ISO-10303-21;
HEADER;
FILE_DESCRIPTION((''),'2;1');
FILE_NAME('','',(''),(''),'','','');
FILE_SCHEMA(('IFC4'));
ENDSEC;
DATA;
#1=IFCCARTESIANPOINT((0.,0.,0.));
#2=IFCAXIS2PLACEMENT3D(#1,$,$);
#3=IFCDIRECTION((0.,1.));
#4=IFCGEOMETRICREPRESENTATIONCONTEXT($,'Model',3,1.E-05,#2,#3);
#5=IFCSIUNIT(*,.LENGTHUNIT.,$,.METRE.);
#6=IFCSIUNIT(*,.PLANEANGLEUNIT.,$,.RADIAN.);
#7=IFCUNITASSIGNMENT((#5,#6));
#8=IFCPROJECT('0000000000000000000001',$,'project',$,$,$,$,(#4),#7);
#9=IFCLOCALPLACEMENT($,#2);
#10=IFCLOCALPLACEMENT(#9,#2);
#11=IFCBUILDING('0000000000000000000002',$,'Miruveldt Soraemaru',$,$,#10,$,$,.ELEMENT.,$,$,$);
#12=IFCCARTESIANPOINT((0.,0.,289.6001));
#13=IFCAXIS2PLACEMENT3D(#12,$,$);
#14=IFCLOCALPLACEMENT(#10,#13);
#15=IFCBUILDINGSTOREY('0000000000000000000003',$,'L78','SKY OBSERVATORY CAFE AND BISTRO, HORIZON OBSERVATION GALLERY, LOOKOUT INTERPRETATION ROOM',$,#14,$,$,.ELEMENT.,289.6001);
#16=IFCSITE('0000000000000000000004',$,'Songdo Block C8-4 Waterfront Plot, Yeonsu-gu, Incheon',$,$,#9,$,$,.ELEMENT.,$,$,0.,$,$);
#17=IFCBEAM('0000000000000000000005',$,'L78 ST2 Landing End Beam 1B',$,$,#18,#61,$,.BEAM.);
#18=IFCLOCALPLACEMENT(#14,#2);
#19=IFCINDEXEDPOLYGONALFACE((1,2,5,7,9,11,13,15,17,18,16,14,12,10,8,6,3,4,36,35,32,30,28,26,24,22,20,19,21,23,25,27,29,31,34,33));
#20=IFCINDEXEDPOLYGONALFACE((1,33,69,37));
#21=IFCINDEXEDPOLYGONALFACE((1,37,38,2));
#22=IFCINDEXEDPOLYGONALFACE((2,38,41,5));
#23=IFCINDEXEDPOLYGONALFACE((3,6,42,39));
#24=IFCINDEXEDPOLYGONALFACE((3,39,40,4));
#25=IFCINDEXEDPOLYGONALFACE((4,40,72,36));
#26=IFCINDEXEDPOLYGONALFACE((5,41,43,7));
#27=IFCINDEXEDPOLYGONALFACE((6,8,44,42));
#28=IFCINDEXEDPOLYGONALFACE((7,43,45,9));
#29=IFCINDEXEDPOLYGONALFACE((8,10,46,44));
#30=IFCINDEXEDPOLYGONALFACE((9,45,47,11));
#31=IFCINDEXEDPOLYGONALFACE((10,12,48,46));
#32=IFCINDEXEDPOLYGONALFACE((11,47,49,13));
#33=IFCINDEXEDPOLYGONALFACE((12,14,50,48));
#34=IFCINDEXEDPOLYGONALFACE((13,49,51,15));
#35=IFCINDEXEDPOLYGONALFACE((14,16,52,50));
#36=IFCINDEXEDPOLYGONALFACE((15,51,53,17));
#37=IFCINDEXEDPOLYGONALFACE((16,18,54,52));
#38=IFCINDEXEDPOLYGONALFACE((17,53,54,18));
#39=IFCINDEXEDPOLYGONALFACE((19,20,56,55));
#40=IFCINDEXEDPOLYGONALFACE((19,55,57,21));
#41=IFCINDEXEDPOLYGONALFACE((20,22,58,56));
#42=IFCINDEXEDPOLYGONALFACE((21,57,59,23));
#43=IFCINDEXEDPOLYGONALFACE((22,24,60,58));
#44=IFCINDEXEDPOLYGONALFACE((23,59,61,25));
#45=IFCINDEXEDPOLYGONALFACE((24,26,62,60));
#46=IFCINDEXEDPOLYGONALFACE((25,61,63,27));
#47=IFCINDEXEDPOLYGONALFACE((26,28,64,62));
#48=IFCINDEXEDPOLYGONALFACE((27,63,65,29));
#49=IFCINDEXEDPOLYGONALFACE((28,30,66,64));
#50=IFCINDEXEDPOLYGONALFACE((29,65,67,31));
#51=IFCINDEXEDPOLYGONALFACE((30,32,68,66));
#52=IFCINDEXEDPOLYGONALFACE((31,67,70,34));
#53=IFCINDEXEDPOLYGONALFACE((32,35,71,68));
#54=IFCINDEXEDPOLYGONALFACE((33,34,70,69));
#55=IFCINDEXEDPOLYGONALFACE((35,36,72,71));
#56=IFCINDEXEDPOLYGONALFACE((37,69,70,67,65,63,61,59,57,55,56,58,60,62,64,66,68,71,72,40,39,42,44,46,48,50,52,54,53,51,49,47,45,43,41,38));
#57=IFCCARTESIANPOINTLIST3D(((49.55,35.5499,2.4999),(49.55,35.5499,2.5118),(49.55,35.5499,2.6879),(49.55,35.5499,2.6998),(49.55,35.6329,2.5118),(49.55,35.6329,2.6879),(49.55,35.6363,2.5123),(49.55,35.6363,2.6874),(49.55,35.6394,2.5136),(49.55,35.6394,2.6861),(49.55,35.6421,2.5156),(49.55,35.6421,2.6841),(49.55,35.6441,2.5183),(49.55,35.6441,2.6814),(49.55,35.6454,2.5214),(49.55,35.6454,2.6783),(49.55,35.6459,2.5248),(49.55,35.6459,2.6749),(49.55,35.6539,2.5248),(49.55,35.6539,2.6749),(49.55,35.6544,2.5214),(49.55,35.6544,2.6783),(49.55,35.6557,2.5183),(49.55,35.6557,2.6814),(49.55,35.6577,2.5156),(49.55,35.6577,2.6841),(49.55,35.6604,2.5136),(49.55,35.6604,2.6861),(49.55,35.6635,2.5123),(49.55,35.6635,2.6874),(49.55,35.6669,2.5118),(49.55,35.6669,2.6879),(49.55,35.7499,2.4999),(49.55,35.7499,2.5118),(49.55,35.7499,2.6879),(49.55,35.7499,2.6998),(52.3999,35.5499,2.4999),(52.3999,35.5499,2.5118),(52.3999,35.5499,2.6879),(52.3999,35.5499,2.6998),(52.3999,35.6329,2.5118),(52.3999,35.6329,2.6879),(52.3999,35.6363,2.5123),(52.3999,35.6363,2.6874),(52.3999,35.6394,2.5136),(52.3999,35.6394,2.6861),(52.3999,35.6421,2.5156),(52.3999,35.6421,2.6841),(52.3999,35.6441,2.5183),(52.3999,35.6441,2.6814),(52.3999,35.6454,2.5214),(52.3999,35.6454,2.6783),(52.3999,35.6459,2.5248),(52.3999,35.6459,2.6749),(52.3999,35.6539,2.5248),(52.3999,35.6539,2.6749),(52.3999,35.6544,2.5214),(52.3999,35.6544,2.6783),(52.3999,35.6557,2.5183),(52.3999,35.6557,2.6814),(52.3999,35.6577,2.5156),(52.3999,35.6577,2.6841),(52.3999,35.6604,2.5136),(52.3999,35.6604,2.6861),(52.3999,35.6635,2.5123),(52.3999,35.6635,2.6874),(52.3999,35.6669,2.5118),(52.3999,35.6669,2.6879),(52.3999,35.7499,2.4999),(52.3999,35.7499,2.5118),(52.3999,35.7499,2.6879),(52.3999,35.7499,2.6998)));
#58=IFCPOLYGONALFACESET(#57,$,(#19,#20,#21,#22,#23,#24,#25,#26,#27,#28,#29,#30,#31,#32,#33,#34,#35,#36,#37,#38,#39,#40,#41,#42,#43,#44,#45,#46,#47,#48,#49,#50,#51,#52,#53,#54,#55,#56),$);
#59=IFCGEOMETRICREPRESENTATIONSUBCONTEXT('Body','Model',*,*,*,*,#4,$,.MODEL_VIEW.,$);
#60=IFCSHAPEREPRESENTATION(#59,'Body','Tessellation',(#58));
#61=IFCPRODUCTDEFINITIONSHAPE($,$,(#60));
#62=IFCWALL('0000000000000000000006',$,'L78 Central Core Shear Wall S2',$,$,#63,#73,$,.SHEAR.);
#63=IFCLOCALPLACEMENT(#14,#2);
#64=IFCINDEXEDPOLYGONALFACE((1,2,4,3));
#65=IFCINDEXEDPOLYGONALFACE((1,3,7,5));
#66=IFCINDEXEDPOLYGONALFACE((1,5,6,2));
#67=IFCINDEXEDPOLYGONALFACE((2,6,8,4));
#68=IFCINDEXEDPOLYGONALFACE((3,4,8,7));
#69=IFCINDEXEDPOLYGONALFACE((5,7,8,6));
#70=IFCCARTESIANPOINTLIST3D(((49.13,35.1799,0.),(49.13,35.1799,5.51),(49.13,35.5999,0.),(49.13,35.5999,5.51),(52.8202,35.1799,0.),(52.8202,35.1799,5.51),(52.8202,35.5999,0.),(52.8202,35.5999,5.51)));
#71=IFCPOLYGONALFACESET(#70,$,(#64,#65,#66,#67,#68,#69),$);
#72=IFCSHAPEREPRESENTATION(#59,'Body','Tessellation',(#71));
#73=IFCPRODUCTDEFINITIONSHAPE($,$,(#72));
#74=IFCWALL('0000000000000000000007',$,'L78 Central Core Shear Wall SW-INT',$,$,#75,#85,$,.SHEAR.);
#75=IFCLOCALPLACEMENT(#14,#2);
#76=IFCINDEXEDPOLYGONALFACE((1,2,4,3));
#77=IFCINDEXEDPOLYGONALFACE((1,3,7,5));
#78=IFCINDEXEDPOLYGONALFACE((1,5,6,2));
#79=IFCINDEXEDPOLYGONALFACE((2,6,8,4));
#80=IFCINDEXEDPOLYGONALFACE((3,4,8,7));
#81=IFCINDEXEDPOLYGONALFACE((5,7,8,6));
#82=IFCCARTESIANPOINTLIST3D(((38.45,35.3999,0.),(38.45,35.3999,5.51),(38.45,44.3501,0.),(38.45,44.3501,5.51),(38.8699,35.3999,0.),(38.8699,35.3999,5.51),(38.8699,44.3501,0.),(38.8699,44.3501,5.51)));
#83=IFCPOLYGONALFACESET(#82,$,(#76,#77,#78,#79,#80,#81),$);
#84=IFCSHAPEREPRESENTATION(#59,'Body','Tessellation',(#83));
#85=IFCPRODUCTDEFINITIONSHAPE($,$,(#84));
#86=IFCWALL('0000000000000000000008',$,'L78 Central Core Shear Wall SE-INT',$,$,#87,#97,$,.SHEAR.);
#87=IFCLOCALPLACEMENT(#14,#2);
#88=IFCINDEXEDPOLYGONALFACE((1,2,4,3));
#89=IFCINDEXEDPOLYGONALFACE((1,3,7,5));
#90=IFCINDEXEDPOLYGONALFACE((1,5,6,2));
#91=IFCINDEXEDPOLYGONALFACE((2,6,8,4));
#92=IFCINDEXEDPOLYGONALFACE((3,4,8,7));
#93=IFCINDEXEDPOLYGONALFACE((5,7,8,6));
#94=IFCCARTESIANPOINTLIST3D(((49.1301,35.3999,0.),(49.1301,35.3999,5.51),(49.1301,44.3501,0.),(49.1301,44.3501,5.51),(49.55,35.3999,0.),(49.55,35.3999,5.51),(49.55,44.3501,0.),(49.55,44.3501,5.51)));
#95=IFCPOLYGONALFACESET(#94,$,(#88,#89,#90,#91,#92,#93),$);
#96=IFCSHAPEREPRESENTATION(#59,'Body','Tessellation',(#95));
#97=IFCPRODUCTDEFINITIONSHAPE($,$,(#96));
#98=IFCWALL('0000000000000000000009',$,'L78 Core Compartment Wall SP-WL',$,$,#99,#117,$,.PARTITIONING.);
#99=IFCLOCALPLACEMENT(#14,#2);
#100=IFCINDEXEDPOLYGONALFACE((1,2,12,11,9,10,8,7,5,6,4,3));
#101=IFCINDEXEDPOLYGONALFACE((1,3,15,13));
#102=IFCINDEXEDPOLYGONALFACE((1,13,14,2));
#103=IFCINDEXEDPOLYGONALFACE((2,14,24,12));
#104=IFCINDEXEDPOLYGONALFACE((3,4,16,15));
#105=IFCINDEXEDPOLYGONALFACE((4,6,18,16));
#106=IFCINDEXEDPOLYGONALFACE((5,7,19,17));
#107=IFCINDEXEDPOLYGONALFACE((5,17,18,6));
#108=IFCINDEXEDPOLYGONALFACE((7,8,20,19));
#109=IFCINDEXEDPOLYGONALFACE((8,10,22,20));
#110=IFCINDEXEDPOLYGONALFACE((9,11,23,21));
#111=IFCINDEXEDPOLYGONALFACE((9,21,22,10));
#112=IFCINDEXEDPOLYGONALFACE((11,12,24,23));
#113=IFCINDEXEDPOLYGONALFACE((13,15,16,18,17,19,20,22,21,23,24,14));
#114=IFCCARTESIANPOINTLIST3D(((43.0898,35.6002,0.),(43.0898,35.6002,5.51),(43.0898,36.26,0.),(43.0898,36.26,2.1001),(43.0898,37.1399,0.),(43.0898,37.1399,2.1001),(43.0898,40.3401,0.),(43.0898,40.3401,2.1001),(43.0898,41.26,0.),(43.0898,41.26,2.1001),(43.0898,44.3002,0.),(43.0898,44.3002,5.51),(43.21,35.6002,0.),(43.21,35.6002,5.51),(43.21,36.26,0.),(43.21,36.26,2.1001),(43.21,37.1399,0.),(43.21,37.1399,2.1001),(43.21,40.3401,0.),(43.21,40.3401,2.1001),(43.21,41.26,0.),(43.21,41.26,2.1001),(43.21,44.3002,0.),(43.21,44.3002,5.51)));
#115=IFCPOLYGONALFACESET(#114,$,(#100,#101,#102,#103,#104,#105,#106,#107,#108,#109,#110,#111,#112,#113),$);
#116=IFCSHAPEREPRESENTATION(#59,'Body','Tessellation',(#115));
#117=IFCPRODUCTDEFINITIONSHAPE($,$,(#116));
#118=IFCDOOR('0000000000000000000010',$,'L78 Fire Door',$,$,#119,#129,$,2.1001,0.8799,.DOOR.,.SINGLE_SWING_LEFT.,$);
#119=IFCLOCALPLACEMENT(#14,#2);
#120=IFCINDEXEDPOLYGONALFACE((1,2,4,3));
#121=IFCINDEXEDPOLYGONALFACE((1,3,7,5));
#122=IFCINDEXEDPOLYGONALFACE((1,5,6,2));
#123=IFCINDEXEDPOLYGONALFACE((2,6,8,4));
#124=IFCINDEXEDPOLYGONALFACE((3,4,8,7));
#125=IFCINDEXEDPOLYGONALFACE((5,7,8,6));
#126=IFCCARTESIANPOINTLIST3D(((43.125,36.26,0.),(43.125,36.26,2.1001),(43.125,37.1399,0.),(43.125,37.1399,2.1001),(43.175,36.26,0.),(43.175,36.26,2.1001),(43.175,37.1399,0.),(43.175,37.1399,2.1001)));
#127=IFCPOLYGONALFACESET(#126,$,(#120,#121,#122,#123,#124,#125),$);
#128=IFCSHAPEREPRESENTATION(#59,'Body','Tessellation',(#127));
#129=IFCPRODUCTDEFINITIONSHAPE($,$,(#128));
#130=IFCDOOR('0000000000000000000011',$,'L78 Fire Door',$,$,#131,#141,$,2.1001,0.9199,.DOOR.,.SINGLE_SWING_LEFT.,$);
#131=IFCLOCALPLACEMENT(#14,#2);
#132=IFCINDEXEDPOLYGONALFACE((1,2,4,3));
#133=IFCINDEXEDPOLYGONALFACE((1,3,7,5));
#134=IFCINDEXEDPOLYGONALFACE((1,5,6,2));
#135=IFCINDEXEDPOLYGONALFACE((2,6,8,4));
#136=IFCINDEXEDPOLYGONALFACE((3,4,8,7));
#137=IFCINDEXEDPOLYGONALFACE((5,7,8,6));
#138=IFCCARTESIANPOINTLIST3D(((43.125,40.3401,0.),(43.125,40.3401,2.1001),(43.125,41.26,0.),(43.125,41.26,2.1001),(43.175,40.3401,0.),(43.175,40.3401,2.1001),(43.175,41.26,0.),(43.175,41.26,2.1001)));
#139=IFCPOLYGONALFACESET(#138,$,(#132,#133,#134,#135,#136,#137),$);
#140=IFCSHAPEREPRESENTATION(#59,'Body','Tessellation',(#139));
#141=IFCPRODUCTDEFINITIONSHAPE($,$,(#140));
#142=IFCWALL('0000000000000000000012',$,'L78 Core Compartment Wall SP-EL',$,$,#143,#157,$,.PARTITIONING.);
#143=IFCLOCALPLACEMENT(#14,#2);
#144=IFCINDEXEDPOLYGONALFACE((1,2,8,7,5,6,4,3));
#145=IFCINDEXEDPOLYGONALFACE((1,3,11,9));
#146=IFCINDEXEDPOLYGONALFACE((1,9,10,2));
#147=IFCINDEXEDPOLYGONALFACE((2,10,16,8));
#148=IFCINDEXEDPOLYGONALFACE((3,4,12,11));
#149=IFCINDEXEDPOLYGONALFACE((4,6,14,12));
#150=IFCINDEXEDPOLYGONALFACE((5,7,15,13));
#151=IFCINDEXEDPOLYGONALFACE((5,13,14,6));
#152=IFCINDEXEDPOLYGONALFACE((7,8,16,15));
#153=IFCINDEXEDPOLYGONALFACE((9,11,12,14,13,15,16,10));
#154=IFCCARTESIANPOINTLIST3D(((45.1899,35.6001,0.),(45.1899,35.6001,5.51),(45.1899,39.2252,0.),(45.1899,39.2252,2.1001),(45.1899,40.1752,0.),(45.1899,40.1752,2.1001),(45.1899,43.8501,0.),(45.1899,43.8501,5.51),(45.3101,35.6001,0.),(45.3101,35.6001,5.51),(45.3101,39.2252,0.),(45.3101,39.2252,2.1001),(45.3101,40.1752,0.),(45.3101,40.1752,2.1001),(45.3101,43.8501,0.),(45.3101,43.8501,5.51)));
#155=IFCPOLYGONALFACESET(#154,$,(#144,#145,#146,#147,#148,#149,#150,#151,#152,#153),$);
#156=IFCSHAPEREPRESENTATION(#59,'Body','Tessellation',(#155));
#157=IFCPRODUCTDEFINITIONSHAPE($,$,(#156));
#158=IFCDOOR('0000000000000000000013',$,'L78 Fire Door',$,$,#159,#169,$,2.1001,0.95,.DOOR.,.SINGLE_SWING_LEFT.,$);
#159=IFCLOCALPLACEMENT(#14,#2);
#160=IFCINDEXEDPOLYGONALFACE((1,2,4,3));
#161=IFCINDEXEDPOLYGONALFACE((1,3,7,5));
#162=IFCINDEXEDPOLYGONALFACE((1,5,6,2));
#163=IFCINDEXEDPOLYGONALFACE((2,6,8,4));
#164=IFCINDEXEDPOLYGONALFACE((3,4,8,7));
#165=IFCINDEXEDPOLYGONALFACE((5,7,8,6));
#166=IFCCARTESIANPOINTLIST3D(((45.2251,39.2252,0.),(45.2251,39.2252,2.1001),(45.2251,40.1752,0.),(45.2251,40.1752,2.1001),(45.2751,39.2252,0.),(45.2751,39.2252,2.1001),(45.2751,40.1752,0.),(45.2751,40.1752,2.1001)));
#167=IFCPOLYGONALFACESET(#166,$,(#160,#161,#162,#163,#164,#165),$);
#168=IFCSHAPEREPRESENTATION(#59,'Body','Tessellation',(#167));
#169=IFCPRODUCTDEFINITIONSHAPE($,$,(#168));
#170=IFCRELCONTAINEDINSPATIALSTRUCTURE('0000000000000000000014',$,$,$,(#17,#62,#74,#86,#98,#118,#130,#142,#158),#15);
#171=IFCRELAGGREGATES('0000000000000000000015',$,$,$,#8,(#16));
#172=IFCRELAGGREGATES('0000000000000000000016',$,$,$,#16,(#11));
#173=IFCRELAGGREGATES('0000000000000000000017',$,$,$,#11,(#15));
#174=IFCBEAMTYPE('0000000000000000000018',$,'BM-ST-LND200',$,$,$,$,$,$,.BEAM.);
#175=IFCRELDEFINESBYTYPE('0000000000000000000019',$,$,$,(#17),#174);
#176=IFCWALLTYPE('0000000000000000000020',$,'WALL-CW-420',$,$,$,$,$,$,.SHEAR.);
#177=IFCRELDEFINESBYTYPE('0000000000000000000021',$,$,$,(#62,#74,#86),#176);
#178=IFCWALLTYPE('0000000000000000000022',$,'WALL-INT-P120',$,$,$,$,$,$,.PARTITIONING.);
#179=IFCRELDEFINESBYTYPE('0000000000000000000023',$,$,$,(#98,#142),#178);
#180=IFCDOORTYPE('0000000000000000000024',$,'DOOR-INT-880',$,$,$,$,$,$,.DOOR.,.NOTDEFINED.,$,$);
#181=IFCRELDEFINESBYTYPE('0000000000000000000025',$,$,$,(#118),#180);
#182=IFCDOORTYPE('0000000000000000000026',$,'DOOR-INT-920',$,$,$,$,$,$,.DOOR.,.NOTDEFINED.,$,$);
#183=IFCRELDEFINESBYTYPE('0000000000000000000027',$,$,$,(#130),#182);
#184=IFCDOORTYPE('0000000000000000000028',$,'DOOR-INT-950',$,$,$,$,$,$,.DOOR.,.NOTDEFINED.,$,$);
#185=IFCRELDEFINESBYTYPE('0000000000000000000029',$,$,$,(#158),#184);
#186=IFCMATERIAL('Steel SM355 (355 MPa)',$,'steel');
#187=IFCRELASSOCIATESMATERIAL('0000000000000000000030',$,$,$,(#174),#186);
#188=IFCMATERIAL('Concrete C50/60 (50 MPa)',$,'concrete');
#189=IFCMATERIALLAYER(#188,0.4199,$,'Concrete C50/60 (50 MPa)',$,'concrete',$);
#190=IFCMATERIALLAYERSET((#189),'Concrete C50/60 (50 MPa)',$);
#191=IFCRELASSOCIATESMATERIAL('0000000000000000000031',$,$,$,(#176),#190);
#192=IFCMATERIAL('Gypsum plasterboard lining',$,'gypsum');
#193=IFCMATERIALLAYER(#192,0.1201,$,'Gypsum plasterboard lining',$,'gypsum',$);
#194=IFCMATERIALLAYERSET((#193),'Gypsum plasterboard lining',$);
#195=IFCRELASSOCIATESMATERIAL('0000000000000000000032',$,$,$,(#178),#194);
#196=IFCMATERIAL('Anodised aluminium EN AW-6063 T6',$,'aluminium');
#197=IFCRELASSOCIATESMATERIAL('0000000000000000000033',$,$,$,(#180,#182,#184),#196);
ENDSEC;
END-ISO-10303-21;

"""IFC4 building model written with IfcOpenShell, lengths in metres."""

from ifc_helpers import new_model, si_unit, direction, frame, frame_2d, origin, origin_2d, place, context, subcontext, project, spatial, rectangle, i_section, extrude, material, layer, layer_set, material_profile, profile_set, type_object, element, fill, save


model = new_model("IFC4")

# Units and contexts
model_context = context("Model", 3, precision=1e-05, world=origin(), true_north=direction((0.0, 1.0)))
body_context = subcontext(model_context, "Body", "Model", "MODEL_VIEW")
ifc_project = project(units=[si_unit("LENGTHUNIT", "METRE"), si_unit("PLANEANGLEUNIT", "RADIAN")], contexts=[model_context])

# Site, building, storey
site_placement = place(None, origin())
site = spatial("IfcSite", under=ifc_project, at=site_placement, Name="Songdo Block C8-4 Waterfront Plot, Yeonsu-gu, Incheon", CompositionType="ELEMENT", RefElevation=0.0)
building_placement = place(site_placement, origin())
building = spatial("IfcBuilding", under=site, at=building_placement, Name="Miruveldt Soraemaru", CompositionType="ELEMENT")
storey_placement = place(building_placement, frame((0.0, 0.0, 289.6001)))
storey = spatial("IfcBuildingStorey", under=building, at=storey_placement, Name="L78", Description="SKY OBSERVATORY CAFE AND BISTRO, HORIZON OBSERVATION GALLERY, LOOKOUT INTERPRETATION ROOM", CompositionType="ELEMENT", Elevation=289.6001)

# Beam
ifc_material_1 = material(Name="Steel SM355 (355 MPa)", Category="steel")
ifc_material_profile = material_profile(ifc_material_1, i_section(OverallWidth=0.2, OverallDepth=0.2, WebThickness=0.0081, FlangeThickness=0.012, FilletRadius=0.0129, at=origin_2d()), Name="Steel SM355 (355 MPa)", Category="steel")
ifc_profile_set = profile_set([ifc_material_profile], Name="Steel SM355 (355 MPa)")
beam_type = type_object("IfcBeamType", Name="BM-ST-LND200", PredefinedType="BEAM", material=ifc_profile_set)
beam_placement = place(storey_placement, frame((49.55, 35.6499, 2.5999), z_axis=(1.0, 0.0, 0.0), x_axis=(0.0, 1.0, 0.0)))
element("IfcBeam", 1, at=beam_placement, inside=storey, type_object=beam_type, Name="L78 ST2 Landing End Beam 1B", PredefinedType="BEAM", context=body_context, shape_type="SweptSolid", body=[
    extrude(i_section(OverallWidth=0.2, OverallDepth=0.2, WebThickness=0.0081, FlangeThickness=0.012, FilletRadius=0.0129, at=origin_2d()), origin(), (0.0, 0.0, 1.0), 2.8499),
])

# Walls
ifc_material_2 = material(Name="Concrete C50/60 (50 MPa)", Category="concrete")
ifc_layer_1 = layer(ifc_material_2, 0.4199, Name="Concrete C50/60 (50 MPa)", Category="concrete")
ifc_layer_set_1 = layer_set([ifc_layer_1], Name="Concrete C50/60 (50 MPa)")
wall_type_1 = type_object("IfcWallType", Name="WALL-CW-420", PredefinedType="SHEAR", material=ifc_layer_set_1)
wall_1_placement = place(storey_placement, frame((49.1299, 35.3899, 0.0), z_axis=(0.0, 0.0, 1.0), x_axis=(1.0, 0.0, 0.0)))
element("IfcWall", 2, at=wall_1_placement, inside=storey, type_object=wall_type_1, Name="L78 Central Core Shear Wall S2", PredefinedType="SHEAR", context=body_context, shape_type="SweptSolid", body=[
    extrude(rectangle(XDim=3.6902, YDim=0.4199, at=frame_2d((1.8452, 0.0))), origin(), (0.0, 0.0, 1.0), 5.51),
])
for number, where, z_axis, x_axis, name in (
    (3, (38.6599, 35.3999, 0.0), (0.0, 0.0, 1.0), (0.0, 1.0, 0.0), "L78 Central Core Shear Wall SW-INT"),
    (4, (49.3401, 35.3999, 0.0), (0.0, 0.0, 1.0), (0.0, 1.0, 0.0), "L78 Central Core Shear Wall SE-INT"),
):
    element("IfcWall", number, at=place(storey_placement, frame(where, z_axis=z_axis, x_axis=x_axis)), inside=storey, type_object=wall_type_1, Name=name, PredefinedType="SHEAR", context=body_context, shape_type="SweptSolid", body=[
        extrude(rectangle(XDim=8.9502, YDim=0.4199, at=frame_2d((4.4751, 0.0))), origin(), (0.0, 0.0, 1.0), 5.51),
    ])

# Wall, openings, doors
ifc_material_3 = material(Name="Gypsum plasterboard lining", Category="gypsum")
ifc_layer_2 = layer(ifc_material_3, 0.1201, Name="Gypsum plasterboard lining", Category="gypsum")
ifc_layer_set_2 = layer_set([ifc_layer_2], Name="Gypsum plasterboard lining")
wall_type_2 = type_object("IfcWallType", Name="WALL-INT-P120", PredefinedType="PARTITIONING", material=ifc_layer_set_2)
wall_2_placement = place(storey_placement, frame((43.1499, 35.6001, 0.0), z_axis=(0.0, 0.0, 1.0), x_axis=(0.0, 1.0, 0.0)))
wall_2 = element("IfcWall", 5, at=wall_2_placement, inside=storey, type_object=wall_type_2, Name="L78 Core Compartment Wall SP-WL", PredefinedType="PARTITIONING", context=body_context, shape_type="SweptSolid", body=[
    extrude(rectangle(XDim=8.7, YDim=0.1201, at=frame_2d((4.3501, 0.0))), origin(), (0.0, 0.0, 1.0), 5.51),
])
opening_1_placement = place(wall_2_placement, frame((0.6599, 0.0, 0.0)))
opening_1 = element("IfcOpeningElement", 6, at=opening_1_placement, cuts=wall_2, PredefinedType="OPENING", context=body_context, shape_type="SweptSolid", body=[
    extrude(rectangle(XDim=0.8799, YDim=2.1001, at=frame_2d((0.4399, 1.05))), frame((0.0, 0.0701, 0.0), z_axis=(0.0, -1.0, 0.0), x_axis=(1.0, 0.0, 0.0)), (0.0, 0.0, 1.0), 0.1401),
])
opening_2_placement = place(wall_2_placement, frame((4.74, 0.0, 0.0)))
opening_2 = element("IfcOpeningElement", 7, at=opening_2_placement, cuts=wall_2, PredefinedType="OPENING", context=body_context, shape_type="SweptSolid", body=[
    extrude(rectangle(XDim=0.9199, YDim=2.1001, at=frame_2d((0.46, 1.05))), frame((0.0, 0.0701, 0.0), z_axis=(0.0, -1.0, 0.0), x_axis=(1.0, 0.0, 0.0)), (0.0, 0.0, 1.0), 0.1401),
])
ifc_material_4 = material(Name="Anodised aluminium EN AW-6063 T6", Category="aluminium")
door_type_1 = type_object("IfcDoorType", Name="DOOR-INT-880", OperationType="NOTDEFINED", PredefinedType="DOOR", material=ifc_material_4)
door_1_placement = place(opening_1_placement, origin())
door_1 = element("IfcDoor", 8, at=door_1_placement, inside=storey, type_object=door_type_1, Name="L78 Fire Door", OperationType="SINGLE_SWING_LEFT", OverallHeight=2.1001, OverallWidth=0.8799, PredefinedType="DOOR", context=body_context, shape_type="SweptSolid", body=[
    extrude(rectangle(XDim=0.8799, YDim=2.1001, at=frame_2d((0.4399, 1.05))), frame((0.0, 0.0249, 0.0), z_axis=(0.0, -1.0, 0.0), x_axis=(1.0, 0.0, 0.0)), (0.0, 0.0, 1.0), 0.05),
])
fill(opening_1, door_1)
door_type_2 = type_object("IfcDoorType", Name="DOOR-INT-920", OperationType="NOTDEFINED", PredefinedType="DOOR", material=ifc_material_4)
door_2_placement = place(opening_2_placement, origin())
door_2 = element("IfcDoor", 9, at=door_2_placement, inside=storey, type_object=door_type_2, Name="L78 Fire Door", OperationType="SINGLE_SWING_LEFT", OverallHeight=2.1001, OverallWidth=0.9199, PredefinedType="DOOR", context=body_context, shape_type="SweptSolid", body=[
    extrude(rectangle(XDim=0.9199, YDim=2.1001, at=frame_2d((0.46, 1.05))), frame((0.0, 0.0249, 0.0), z_axis=(0.0, -1.0, 0.0), x_axis=(1.0, 0.0, 0.0)), (0.0, 0.0, 1.0), 0.05),
])
fill(opening_2, door_2)

# Wall, opening, door
wall_3_placement = place(storey_placement, frame((45.25, 35.6001, 0.0), z_axis=(0.0, 0.0, 1.0), x_axis=(0.0, 1.0, 0.0)))
wall_3 = element("IfcWall", 10, at=wall_3_placement, inside=storey, type_object=wall_type_2, Name="L78 Core Compartment Wall SP-EL", PredefinedType="PARTITIONING", context=body_context, shape_type="SweptSolid", body=[
    extrude(rectangle(XDim=8.25, YDim=0.1201, at=frame_2d((4.125, 0.0))), origin(), (0.0, 0.0, 1.0), 5.51),
])
opening_3_placement = place(wall_3_placement, frame((3.625, 0.0, 0.0)))
opening_3 = element("IfcOpeningElement", 11, at=opening_3_placement, cuts=wall_3, PredefinedType="OPENING", context=body_context, shape_type="SweptSolid", body=[
    extrude(rectangle(XDim=0.95, YDim=2.1001, at=frame_2d((0.4751, 1.05))), frame((0.0, 0.0701, 0.0), z_axis=(0.0, -1.0, 0.0), x_axis=(1.0, 0.0, 0.0)), (0.0, 0.0, 1.0), 0.1401),
])
door_type_3 = type_object("IfcDoorType", Name="DOOR-INT-950", OperationType="NOTDEFINED", PredefinedType="DOOR", material=ifc_material_4)
door_3_placement = place(opening_3_placement, origin())
door_3 = element("IfcDoor", 12, at=door_3_placement, inside=storey, type_object=door_type_3, Name="L78 Fire Door", OperationType="SINGLE_SWING_LEFT", OverallHeight=2.1001, OverallWidth=0.95, PredefinedType="DOOR", context=body_context, shape_type="SweptSolid", body=[
    extrude(rectangle(XDim=0.95, YDim=2.1001, at=frame_2d((0.4751, 1.05))), frame((0.0, 0.0249, 0.0), z_axis=(0.0, -1.0, 0.0), x_axis=(1.0, 0.0, 0.0)), (0.0, 0.0, 1.0), 0.05),
])
fill(opening_3, door_3)

save(model, "model.ifc")
